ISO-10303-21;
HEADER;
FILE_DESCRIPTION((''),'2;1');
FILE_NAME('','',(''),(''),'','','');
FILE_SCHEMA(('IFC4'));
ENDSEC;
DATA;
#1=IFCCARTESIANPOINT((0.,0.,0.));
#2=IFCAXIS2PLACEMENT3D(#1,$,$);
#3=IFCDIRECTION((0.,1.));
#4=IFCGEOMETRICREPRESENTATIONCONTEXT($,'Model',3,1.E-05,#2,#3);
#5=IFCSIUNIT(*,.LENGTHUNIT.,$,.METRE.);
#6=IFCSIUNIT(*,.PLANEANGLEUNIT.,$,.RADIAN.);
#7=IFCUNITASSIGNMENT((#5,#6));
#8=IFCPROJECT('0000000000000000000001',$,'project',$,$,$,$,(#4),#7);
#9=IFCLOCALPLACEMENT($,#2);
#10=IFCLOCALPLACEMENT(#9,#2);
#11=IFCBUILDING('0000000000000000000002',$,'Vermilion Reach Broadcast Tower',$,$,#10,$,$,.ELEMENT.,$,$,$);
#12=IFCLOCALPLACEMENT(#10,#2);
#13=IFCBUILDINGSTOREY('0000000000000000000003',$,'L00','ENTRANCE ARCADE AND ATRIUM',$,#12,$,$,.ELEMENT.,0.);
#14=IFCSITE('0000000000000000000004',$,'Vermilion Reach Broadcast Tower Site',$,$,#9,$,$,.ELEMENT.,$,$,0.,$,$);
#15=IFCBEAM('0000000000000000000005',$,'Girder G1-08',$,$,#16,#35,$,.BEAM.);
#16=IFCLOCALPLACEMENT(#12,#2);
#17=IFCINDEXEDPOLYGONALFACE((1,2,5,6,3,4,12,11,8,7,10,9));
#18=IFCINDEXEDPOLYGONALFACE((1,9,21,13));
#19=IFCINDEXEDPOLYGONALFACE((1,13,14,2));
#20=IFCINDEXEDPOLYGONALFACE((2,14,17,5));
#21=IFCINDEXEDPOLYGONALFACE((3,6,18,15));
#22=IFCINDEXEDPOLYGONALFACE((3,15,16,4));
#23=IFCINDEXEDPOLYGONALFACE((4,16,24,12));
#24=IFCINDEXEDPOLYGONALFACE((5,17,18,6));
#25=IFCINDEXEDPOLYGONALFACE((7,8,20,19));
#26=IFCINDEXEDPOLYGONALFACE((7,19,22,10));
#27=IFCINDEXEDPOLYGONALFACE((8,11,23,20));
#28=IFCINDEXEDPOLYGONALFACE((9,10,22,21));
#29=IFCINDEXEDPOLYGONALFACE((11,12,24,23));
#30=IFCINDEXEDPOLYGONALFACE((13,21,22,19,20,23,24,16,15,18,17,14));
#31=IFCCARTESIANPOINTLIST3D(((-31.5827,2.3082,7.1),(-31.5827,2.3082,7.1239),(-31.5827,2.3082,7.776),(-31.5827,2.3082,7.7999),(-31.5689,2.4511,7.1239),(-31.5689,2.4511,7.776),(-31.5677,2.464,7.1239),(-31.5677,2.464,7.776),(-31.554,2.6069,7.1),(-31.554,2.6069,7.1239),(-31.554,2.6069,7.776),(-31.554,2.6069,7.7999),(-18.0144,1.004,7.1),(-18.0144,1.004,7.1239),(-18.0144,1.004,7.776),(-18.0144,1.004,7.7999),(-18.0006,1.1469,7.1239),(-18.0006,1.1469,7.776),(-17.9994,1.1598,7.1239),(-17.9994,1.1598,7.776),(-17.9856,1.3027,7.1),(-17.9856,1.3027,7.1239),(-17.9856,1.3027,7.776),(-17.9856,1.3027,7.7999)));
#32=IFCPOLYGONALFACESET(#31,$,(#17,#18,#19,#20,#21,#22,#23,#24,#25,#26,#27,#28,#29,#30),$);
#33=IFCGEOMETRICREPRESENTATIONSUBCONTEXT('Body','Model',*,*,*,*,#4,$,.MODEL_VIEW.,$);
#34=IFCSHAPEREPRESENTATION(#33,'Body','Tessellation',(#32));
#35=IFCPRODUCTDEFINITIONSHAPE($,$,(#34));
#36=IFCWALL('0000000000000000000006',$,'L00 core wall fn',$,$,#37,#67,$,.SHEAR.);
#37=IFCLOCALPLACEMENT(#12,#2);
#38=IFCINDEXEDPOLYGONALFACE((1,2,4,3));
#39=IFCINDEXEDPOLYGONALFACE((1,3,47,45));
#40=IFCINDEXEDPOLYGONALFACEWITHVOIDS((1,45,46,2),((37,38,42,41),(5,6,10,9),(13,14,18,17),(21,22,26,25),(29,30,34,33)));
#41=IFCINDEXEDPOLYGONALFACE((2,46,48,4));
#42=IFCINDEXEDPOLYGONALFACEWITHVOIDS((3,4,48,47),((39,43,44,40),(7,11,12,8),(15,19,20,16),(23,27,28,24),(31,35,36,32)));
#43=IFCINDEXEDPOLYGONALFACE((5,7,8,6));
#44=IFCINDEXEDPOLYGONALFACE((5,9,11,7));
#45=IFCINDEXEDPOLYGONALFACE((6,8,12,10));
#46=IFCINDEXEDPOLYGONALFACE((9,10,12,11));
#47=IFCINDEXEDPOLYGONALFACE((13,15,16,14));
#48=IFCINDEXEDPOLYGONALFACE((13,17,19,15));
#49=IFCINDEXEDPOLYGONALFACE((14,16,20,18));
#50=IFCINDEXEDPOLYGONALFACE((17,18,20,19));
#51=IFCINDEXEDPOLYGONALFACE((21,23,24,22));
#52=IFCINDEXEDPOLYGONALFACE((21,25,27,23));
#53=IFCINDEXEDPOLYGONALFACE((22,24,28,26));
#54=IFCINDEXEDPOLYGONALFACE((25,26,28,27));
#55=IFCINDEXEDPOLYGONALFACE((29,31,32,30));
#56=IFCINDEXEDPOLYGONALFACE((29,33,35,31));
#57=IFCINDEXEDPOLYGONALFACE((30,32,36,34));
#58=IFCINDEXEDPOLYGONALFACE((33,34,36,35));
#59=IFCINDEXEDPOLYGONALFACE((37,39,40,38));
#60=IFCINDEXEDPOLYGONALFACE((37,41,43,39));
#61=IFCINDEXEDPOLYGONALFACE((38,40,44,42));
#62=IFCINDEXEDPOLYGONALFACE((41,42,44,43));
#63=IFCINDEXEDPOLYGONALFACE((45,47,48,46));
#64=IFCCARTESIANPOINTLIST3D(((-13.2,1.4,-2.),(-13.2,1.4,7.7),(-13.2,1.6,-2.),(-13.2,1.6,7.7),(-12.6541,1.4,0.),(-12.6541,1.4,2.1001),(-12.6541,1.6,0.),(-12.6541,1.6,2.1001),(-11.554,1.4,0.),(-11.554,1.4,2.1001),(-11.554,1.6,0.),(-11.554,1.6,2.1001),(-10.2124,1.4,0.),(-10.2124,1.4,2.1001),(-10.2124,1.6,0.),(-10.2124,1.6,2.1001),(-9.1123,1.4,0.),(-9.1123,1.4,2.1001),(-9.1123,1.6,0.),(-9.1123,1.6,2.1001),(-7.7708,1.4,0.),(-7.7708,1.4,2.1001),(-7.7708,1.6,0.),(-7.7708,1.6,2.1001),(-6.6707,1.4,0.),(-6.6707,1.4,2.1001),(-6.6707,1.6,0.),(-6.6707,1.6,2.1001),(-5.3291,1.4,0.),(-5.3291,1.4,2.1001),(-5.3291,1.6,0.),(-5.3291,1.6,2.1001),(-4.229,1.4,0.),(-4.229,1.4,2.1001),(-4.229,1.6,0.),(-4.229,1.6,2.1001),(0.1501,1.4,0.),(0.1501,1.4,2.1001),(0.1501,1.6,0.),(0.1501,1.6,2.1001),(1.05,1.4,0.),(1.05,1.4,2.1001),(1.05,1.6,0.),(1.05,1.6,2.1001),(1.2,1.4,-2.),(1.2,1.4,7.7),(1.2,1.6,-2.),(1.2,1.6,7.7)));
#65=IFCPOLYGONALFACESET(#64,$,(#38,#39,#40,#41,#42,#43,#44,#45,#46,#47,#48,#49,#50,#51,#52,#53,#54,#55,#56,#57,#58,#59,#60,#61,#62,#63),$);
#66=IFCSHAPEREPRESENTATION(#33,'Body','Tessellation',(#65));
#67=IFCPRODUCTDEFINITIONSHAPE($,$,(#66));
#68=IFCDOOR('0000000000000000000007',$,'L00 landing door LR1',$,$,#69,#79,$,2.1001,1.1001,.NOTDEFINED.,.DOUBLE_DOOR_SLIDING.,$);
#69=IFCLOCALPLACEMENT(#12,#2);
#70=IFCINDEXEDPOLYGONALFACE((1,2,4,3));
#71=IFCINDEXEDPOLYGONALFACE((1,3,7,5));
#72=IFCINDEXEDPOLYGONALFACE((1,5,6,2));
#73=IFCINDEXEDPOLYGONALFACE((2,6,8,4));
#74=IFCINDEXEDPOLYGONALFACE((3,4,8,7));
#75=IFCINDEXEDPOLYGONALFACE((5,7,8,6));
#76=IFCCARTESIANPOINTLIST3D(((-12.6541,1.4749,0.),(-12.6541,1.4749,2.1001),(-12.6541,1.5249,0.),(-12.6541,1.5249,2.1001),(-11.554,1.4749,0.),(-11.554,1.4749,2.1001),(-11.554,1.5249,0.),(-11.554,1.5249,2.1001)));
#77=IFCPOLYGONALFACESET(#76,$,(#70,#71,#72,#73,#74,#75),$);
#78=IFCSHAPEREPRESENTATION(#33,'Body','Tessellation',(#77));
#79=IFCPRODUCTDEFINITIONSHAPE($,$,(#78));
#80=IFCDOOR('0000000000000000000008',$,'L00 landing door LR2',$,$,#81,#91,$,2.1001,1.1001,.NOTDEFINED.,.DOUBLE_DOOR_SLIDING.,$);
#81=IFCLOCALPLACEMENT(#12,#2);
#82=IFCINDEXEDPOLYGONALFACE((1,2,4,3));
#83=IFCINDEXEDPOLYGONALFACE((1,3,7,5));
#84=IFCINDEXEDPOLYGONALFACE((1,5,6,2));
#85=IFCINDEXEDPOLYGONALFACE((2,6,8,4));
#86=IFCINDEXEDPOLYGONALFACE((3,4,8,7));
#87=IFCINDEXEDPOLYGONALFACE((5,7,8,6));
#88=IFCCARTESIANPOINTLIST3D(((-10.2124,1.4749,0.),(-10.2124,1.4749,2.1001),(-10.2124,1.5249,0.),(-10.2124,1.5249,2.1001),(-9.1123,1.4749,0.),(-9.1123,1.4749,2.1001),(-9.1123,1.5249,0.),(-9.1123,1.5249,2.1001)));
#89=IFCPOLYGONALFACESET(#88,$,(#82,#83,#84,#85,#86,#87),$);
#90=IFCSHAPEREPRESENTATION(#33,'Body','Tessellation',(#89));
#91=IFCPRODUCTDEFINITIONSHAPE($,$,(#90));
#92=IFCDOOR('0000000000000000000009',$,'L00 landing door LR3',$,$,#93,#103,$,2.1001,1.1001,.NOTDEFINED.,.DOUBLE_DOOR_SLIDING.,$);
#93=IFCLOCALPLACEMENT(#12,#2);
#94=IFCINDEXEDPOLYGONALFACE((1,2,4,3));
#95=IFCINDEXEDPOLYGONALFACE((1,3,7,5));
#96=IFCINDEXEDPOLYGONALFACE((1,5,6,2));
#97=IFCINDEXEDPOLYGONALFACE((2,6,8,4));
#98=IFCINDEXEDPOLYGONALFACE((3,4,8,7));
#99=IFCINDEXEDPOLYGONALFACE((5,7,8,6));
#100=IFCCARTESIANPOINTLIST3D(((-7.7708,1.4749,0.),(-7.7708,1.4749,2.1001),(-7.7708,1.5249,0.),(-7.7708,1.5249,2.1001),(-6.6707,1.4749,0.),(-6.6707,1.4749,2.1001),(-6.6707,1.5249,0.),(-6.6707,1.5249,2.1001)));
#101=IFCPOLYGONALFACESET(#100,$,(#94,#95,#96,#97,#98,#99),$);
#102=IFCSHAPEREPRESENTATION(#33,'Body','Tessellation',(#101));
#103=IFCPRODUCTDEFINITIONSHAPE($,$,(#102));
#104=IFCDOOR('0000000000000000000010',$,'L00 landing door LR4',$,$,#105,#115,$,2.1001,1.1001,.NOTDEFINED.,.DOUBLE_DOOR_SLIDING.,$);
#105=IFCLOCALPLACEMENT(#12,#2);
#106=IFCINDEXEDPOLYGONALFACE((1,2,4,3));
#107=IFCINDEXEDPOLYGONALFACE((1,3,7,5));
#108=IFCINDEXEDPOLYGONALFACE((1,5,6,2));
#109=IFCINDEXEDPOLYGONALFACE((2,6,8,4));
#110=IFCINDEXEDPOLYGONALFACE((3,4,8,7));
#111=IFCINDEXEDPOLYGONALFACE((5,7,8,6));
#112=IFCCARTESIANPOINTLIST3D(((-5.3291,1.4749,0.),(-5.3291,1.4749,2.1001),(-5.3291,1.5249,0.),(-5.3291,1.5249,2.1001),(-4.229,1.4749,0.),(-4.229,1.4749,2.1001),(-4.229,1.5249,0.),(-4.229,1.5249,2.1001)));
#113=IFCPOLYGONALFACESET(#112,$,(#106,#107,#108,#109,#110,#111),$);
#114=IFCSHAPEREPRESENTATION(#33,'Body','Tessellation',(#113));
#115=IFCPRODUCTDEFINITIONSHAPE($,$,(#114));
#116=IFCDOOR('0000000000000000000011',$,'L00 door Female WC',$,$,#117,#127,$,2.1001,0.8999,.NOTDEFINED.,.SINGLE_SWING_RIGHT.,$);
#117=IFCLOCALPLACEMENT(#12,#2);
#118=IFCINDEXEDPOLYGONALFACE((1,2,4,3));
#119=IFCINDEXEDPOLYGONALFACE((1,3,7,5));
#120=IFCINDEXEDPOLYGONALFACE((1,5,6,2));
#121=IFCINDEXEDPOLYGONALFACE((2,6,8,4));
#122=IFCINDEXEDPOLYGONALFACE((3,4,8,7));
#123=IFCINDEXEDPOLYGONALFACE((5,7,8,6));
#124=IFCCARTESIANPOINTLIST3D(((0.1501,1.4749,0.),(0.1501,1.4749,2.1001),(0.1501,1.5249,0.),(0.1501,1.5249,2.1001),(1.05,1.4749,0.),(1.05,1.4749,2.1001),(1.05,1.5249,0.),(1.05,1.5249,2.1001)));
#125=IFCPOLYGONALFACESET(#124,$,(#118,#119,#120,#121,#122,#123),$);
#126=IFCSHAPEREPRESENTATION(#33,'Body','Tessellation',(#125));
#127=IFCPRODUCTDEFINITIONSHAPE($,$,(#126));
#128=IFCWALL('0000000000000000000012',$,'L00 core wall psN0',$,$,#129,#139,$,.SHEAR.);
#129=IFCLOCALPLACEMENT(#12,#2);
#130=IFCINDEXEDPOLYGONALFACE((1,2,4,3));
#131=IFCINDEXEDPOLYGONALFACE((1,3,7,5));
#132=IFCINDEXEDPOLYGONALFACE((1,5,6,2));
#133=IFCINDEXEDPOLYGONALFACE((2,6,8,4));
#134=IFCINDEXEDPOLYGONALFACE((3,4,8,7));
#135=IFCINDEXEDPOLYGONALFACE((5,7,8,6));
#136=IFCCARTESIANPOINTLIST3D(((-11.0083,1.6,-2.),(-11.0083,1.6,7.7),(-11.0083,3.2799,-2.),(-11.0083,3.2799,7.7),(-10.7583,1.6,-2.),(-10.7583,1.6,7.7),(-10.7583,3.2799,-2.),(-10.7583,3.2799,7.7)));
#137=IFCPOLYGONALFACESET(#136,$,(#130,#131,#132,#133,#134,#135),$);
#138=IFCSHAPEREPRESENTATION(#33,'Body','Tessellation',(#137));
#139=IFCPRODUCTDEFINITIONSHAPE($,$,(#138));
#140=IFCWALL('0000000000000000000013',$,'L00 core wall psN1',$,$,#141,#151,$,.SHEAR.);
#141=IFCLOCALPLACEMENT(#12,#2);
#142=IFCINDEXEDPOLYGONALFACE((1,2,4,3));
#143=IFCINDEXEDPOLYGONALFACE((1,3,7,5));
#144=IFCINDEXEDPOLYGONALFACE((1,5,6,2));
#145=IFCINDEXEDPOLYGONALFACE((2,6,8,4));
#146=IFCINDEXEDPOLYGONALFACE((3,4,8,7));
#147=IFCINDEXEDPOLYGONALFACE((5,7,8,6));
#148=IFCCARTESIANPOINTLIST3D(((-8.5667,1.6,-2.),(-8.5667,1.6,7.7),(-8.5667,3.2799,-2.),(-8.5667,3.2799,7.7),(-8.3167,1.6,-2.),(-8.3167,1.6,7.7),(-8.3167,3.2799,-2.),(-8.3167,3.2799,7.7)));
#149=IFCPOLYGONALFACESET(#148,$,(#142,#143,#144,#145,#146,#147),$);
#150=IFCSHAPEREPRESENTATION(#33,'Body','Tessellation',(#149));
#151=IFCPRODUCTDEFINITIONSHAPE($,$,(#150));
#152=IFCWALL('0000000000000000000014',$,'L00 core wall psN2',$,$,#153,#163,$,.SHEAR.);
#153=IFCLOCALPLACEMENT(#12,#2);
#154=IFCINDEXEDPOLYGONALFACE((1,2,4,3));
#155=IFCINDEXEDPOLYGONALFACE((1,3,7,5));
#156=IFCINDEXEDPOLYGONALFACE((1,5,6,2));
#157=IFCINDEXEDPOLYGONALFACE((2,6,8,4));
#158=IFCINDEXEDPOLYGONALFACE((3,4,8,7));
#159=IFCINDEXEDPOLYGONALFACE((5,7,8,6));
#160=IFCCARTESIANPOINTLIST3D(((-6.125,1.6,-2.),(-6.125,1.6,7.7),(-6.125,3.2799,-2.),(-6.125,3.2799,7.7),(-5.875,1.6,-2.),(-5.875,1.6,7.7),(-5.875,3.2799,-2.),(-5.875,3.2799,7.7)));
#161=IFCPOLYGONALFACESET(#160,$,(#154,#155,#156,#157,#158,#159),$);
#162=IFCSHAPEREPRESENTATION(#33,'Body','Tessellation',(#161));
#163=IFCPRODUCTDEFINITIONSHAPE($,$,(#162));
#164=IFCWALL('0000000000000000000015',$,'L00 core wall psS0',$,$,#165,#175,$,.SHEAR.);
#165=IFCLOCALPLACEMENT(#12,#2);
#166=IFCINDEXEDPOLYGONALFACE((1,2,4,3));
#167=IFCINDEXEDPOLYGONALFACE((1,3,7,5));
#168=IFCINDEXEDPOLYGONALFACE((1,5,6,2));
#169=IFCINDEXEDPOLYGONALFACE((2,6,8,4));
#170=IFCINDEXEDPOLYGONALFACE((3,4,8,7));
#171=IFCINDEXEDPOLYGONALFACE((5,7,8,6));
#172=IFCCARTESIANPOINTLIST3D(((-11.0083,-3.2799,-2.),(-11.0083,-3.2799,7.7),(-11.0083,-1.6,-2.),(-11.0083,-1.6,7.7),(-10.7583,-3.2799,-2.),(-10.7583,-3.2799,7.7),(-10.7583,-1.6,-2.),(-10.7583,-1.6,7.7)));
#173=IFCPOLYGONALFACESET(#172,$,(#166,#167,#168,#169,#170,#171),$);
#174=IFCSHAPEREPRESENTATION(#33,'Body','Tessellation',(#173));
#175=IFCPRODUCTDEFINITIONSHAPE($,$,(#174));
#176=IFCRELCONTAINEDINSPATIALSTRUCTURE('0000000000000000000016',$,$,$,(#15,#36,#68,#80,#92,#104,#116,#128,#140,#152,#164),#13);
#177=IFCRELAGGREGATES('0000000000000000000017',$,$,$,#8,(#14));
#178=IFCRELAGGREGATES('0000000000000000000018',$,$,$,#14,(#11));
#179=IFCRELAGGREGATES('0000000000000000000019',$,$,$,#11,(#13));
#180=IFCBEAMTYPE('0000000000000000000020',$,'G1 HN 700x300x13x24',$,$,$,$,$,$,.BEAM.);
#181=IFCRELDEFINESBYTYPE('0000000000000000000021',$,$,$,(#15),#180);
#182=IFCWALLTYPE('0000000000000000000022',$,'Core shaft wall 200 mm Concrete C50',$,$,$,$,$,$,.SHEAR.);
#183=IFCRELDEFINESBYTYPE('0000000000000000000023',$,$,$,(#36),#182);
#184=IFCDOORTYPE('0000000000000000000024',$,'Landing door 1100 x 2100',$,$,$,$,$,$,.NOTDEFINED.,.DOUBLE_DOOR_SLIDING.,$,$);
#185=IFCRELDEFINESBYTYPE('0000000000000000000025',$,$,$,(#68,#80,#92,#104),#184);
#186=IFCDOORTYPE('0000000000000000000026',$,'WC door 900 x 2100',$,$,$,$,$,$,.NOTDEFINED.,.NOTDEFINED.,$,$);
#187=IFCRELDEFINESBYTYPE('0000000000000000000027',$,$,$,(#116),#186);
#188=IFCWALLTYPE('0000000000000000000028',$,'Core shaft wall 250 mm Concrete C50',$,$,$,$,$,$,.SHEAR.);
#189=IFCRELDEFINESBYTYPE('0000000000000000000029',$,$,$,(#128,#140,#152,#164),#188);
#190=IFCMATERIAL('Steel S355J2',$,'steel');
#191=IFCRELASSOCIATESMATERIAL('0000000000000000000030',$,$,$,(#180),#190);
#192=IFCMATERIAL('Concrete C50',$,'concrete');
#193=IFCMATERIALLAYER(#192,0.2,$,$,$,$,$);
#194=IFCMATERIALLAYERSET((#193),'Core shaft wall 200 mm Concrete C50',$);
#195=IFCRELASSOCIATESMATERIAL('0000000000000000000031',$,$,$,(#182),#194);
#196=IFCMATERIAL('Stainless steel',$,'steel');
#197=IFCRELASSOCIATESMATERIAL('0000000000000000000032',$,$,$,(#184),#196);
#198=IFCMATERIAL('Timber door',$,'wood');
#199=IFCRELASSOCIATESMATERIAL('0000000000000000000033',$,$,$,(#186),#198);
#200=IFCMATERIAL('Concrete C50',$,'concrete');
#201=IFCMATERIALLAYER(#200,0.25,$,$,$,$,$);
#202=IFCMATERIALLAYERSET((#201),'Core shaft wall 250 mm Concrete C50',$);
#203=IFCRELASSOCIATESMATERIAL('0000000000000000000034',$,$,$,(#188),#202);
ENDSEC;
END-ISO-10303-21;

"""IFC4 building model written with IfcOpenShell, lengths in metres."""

from ifc_helpers import new_model, si_unit, direction, frame, frame_2d, origin, origin_2d, place, context, subcontext, project, spatial, rectangle, i_section, extrude, material, layer, layer_set, material_profile, profile_set, type_object, element, fill, save


model = new_model("IFC4")

# Units and contexts
model_context = context("Model", 3, precision=1e-05, world=origin(), true_north=direction((0.0, 1.0)))
body_context = subcontext(model_context, "Body", "Model", "MODEL_VIEW")
ifc_project = project(units=[si_unit("LENGTHUNIT", "METRE"), si_unit("PLANEANGLEUNIT", "RADIAN")], contexts=[model_context])

# Site, building, storey
site_placement = place(None, origin())
site = spatial("IfcSite", under=ifc_project, at=site_placement, Name="Vermilion Reach Broadcast Tower Site", CompositionType="ELEMENT", RefElevation=0.0)
building_placement = place(site_placement, origin())
building = spatial("IfcBuilding", under=site, at=building_placement, Name="Vermilion Reach Broadcast Tower", CompositionType="ELEMENT")
storey_placement = place(building_placement, origin())
storey = spatial("IfcBuildingStorey", under=building, at=storey_placement, Name="L00", Description="ENTRANCE ARCADE AND ATRIUM", CompositionType="ELEMENT", Elevation=0.0)

# Beam
ifc_material_1 = material(Name="Steel S355J2", Category="steel")
ifc_material_profile_1 = material_profile(ifc_material_1, i_section(OverallWidth=0.3, OverallDepth=0.7, WebThickness=0.0129, FlangeThickness=0.0239, at=origin_2d()), Name="S355J2 HN 700x300x13x24")
ifc_profile_set_1 = profile_set([ifc_material_profile_1], Name="Steel S355J2")
beam_type = type_object("IfcBeamType", Name="G1 HN 700x300x13x24", PredefinedType="BEAM", material=ifc_profile_set_1)
beam_placement = place(storey_placement, frame((-18.0, 1.1533, 7.45), z_axis=(-0.995412, 0.09568, 0.0), x_axis=(-0.09568, -0.995412, 0.0)))
element("IfcBeam", 1, at=beam_placement, inside=storey, type_object=beam_type, Name="Girder G1-08", PredefinedType="BEAM", context=body_context, shape_type="SweptSolid", body=[
    extrude(i_section(OverallWidth=0.3, OverallDepth=0.7, WebThickness=0.0129, FlangeThickness=0.0239, at=origin_2d()), origin(), (0.0, 0.0, 1.0), 13.6309),
])

# Wall, openings, doors
ifc_material_2 = material(Name="Concrete C50", Category="concrete")
ifc_layer_1 = layer(ifc_material_2, 0.2)
ifc_layer_set_1 = layer_set([ifc_layer_1], Name="Core shaft wall 200 mm Concrete C50")
wall_type_1 = type_object("IfcWallType", Name="Core shaft wall 200 mm Concrete C50", PredefinedType="SHEAR", material=ifc_layer_set_1)
wall_placement = place(storey_placement, frame((-13.2, 1.5, -2.0), z_axis=(0.0, 0.0, 1.0), x_axis=(1.0, 0.0, 0.0)))
wall = element("IfcWall", 2, at=wall_placement, inside=storey, type_object=wall_type_1, Name="L00 core wall fn", PredefinedType="SHEAR", context=body_context, shape_type="SweptSolid", body=[
    extrude(rectangle(XDim=14.3999, YDim=0.2, at=frame_2d((7.2, 0.0))), origin(), (0.0, 0.0, 1.0), 9.7),
])
opening_1_placement = place(wall_placement, frame((0.5459, 0.0, 2.0)))
opening_1 = element("IfcOpeningElement", 3, at=opening_1_placement, cuts=wall, PredefinedType="OPENING", context=body_context, shape_type="SweptSolid", body=[
    extrude(rectangle(XDim=1.1001, YDim=2.1001, at=frame_2d((0.55, 1.05))), frame((0.0, 0.1099, 0.0), z_axis=(0.0, -1.0, 0.0), x_axis=(1.0, 0.0, 0.0)), (0.0, 0.0, 1.0), 0.22),
])
opening_2_placement = place(wall_placement, frame((2.9875, 0.0, 2.0)))
opening_2 = element("IfcOpeningElement", 4, at=opening_2_placement, cuts=wall, PredefinedType="OPENING", context=body_context, shape_type="SweptSolid", body=[
    extrude(rectangle(XDim=1.1001, YDim=2.1001, at=frame_2d((0.55, 1.05))), frame((0.0, 0.1099, 0.0), z_axis=(0.0, -1.0, 0.0), x_axis=(1.0, 0.0, 0.0)), (0.0, 0.0, 1.0), 0.22),
])
opening_3_placement = place(wall_placement, frame((5.4292, 0.0, 2.0)))
opening_3 = element("IfcOpeningElement", 5, at=opening_3_placement, cuts=wall, PredefinedType="OPENING", context=body_context, shape_type="SweptSolid", body=[
    extrude(rectangle(XDim=1.1001, YDim=2.1001, at=frame_2d((0.55, 1.05))), frame((0.0, 0.1099, 0.0), z_axis=(0.0, -1.0, 0.0), x_axis=(1.0, 0.0, 0.0)), (0.0, 0.0, 1.0), 0.22),
])
opening_4_placement = place(wall_placement, frame((7.8708, 0.0, 2.0)))
opening_4 = element("IfcOpeningElement", 6, at=opening_4_placement, cuts=wall, PredefinedType="OPENING", context=body_context, shape_type="SweptSolid", body=[
    extrude(rectangle(XDim=1.1001, YDim=2.1001, at=frame_2d((0.55, 1.05))), frame((0.0, 0.1099, 0.0), z_axis=(0.0, -1.0, 0.0), x_axis=(1.0, 0.0, 0.0)), (0.0, 0.0, 1.0), 0.22),
])
opening_5_placement = place(wall_placement, frame((13.3501, 0.0, 2.0)))
opening_5 = element("IfcOpeningElement", 7, at=opening_5_placement, cuts=wall, PredefinedType="OPENING", context=body_context, shape_type="SweptSolid", body=[
    extrude(rectangle(XDim=0.8999, YDim=2.1001, at=frame_2d((0.45, 1.05))), frame((0.0, 0.1099, 0.0), z_axis=(0.0, -1.0, 0.0), x_axis=(1.0, 0.0, 0.0)), (0.0, 0.0, 1.0), 0.22),
])
ifc_material_3 = material(Name="Stainless steel", Category="steel")
door_type_1 = type_object("IfcDoorType", Name="Landing door 1100 x 2100", OperationType="DOUBLE_DOOR_SLIDING", PredefinedType="NOTDEFINED", material=ifc_material_3)
door_1_placement = place(opening_1_placement, origin())
door_1 = element("IfcDoor", 8, at=door_1_placement, inside=storey, type_object=door_type_1, Name="L00 landing door LR1", OperationType="DOUBLE_DOOR_SLIDING", OverallHeight=2.1001, OverallWidth=1.1001, PredefinedType="NOTDEFINED", context=body_context, shape_type="SweptSolid", body=[
    extrude(rectangle(XDim=1.1001, YDim=2.1001, at=frame_2d((0.55, 1.05))), frame((0.0, 0.0249, 0.0), z_axis=(0.0, -1.0, 0.0), x_axis=(1.0, 0.0, 0.0)), (0.0, 0.0, 1.0), 0.05),
])
fill(opening_1, door_1)
door_2_placement = place(opening_2_placement, origin())
door_2 = element("IfcDoor", 9, at=door_2_placement, inside=storey, type_object=door_type_1, Name="L00 landing door LR2", OperationType="DOUBLE_DOOR_SLIDING", OverallHeight=2.1001, OverallWidth=1.1001, PredefinedType="NOTDEFINED", context=body_context, shape_type="SweptSolid", body=[
    extrude(rectangle(XDim=1.1001, YDim=2.1001, at=frame_2d((0.55, 1.05))), frame((0.0, 0.0249, 0.0), z_axis=(0.0, -1.0, 0.0), x_axis=(1.0, 0.0, 0.0)), (0.0, 0.0, 1.0), 0.05),
])
fill(opening_2, door_2)
door_3_placement = place(opening_3_placement, origin())
door_3 = element("IfcDoor", 10, at=door_3_placement, inside=storey, type_object=door_type_1, Name="L00 landing door LR3", OperationType="DOUBLE_DOOR_SLIDING", OverallHeight=2.1001, OverallWidth=1.1001, PredefinedType="NOTDEFINED", context=body_context, shape_type="SweptSolid", body=[
    extrude(rectangle(XDim=1.1001, YDim=2.1001, at=frame_2d((0.55, 1.05))), frame((0.0, 0.0249, 0.0), z_axis=(0.0, -1.0, 0.0), x_axis=(1.0, 0.0, 0.0)), (0.0, 0.0, 1.0), 0.05),
])
fill(opening_3, door_3)
door_4_placement = place(opening_4_placement, origin())
door_4 = element("IfcDoor", 11, at=door_4_placement, inside=storey, type_object=door_type_1, Name="L00 landing door LR4", OperationType="DOUBLE_DOOR_SLIDING", OverallHeight=2.1001, OverallWidth=1.1001, PredefinedType="NOTDEFINED", context=body_context, shape_type="SweptSolid", body=[
    extrude(rectangle(XDim=1.1001, YDim=2.1001, at=frame_2d((0.55, 1.05))), frame((0.0, 0.0249, 0.0), z_axis=(0.0, -1.0, 0.0), x_axis=(1.0, 0.0, 0.0)), (0.0, 0.0, 1.0), 0.05),
])
fill(opening_4, door_4)
ifc_material_4 = material(Name="Timber door", Category="wood")
door_type_2 = type_object("IfcDoorType", Name="WC door 900 x 2100", OperationType="NOTDEFINED", PredefinedType="NOTDEFINED", material=ifc_material_4)
door_5_placement = place(opening_5_placement, origin())
door_5 = element("IfcDoor", 12, at=door_5_placement, inside=storey, type_object=door_type_2, Name="L00 door Female WC", OperationType="SINGLE_SWING_RIGHT", OverallHeight=2.1001, OverallWidth=0.8999, PredefinedType="NOTDEFINED", context=body_context, shape_type="SweptSolid", body=[
    extrude(rectangle(XDim=0.8999, YDim=2.1001, at=frame_2d((0.45, 1.05))), frame((0.0, 0.0249, 0.0), z_axis=(0.0, -1.0, 0.0), x_axis=(1.0, 0.0, 0.0)), (0.0, 0.0, 1.0), 0.05),
])
fill(opening_5, door_5)

# Walls
ifc_material_5 = material(Name="Concrete C50", Category="concrete")
ifc_layer_2 = layer(ifc_material_5, 0.25)
ifc_layer_set_2 = layer_set([ifc_layer_2], Name="Core shaft wall 250 mm Concrete C50")
wall_type_2 = type_object("IfcWallType", Name="Core shaft wall 250 mm Concrete C50", PredefinedType="SHEAR", material=ifc_layer_set_2)
for number, where, z_axis, x_axis, name in (
    (13, (-10.8833, 1.6001, -2.0), (0.0, 0.0, 1.0), (0.0, 1.0, 0.0), "L00 core wall psN0"),
    (14, (-8.4417, 1.6001, -2.0), (0.0, 0.0, 1.0), (0.0, 1.0, 0.0), "L00 core wall psN1"),
    (15, (-6.0, 1.6001, -2.0), (0.0, 0.0, 1.0), (0.0, 1.0, 0.0), "L00 core wall psN2"),
    (16, (-10.8833, -1.6001, -2.0), (0.0, 0.0, 1.0), (0.0, -1.0, 0.0), "L00 core wall psS0"),
):
    element("IfcWall", number, at=place(storey_placement, frame(where, z_axis=z_axis, x_axis=x_axis)), inside=storey, type_object=wall_type_2, Name=name, PredefinedType="SHEAR", context=body_context, shape_type="SweptSolid", body=[
        extrude(rectangle(XDim=1.6799, YDim=0.25, at=frame_2d((0.8398, 0.0))), origin(), (0.0, 0.0, 1.0), 9.7),
    ])

save(model, "model.ifc")
